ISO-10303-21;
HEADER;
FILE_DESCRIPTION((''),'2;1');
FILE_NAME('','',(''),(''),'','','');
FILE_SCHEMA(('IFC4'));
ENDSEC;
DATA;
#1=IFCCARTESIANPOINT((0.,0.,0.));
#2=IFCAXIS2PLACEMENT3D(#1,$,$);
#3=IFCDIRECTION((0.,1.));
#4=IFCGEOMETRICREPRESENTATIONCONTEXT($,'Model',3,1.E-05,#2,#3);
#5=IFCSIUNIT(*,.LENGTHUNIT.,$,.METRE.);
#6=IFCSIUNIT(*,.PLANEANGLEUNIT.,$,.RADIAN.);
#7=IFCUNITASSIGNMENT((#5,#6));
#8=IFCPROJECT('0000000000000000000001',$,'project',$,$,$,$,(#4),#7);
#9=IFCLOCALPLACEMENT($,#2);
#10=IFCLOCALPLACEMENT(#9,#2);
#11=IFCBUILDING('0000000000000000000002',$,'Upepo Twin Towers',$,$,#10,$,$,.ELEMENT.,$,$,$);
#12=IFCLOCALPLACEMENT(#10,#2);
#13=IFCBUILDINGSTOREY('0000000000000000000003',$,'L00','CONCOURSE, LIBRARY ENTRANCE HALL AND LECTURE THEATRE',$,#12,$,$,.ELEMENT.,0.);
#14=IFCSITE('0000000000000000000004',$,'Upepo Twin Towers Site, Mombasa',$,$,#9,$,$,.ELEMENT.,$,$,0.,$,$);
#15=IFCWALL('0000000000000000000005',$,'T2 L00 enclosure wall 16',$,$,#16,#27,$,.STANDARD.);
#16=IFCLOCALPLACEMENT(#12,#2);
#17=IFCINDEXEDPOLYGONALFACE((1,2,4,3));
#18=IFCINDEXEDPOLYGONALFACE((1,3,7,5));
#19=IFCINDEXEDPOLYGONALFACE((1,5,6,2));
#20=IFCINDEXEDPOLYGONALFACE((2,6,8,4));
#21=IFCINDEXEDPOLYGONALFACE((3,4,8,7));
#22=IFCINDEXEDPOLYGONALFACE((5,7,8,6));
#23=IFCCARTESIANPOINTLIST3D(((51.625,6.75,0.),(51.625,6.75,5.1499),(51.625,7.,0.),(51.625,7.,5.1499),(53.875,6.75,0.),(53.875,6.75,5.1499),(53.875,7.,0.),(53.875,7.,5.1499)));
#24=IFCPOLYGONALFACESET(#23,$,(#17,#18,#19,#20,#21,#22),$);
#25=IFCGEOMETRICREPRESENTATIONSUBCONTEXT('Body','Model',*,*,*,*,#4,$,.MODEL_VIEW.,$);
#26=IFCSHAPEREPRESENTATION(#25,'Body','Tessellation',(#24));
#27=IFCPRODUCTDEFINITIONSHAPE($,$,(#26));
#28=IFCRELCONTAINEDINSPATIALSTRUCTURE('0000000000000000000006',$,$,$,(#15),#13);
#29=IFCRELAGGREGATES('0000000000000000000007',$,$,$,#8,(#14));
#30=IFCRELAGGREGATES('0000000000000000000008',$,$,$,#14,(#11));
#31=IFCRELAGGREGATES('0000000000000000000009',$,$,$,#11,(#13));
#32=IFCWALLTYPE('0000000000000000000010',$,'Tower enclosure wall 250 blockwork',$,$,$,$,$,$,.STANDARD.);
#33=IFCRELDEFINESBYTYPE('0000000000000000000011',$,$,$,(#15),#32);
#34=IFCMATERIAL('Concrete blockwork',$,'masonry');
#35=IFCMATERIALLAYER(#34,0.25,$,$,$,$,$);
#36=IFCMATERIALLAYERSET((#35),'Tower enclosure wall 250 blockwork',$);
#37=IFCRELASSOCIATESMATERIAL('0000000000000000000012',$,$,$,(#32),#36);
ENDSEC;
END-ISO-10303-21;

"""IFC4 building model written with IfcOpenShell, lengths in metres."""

from ifc_helpers import new_model, si_unit, direction, frame, frame_2d, origin, place, context, subcontext, project, spatial, rectangle, extrude, material, layer, layer_set, type_object, element, save


model = new_model("IFC4")

# Units and contexts
model_context = context("Model", 3, precision=1e-05, world=origin(), true_north=direction((0.0, 1.0)))
body_context = subcontext(model_context, "Body", "Model", "MODEL_VIEW")
ifc_project = project(units=[si_unit("LENGTHUNIT", "METRE"), si_unit("PLANEANGLEUNIT", "RADIAN")], contexts=[model_context])

# Site, building, storey
site_placement = place(None, origin())
site = spatial("IfcSite", under=ifc_project, at=site_placement, Name="Upepo Twin Towers Site, Mombasa", CompositionType="ELEMENT", RefElevation=0.0)
building_placement = place(site_placement, origin())
building = spatial("IfcBuilding", under=site, at=building_placement, Name="Upepo Twin Towers", CompositionType="ELEMENT")
storey_placement = place(building_placement, origin())
storey = spatial("IfcBuildingStorey", under=building, at=storey_placement, Name="L00", Description="CONCOURSE, LIBRARY ENTRANCE HALL AND LECTURE THEATRE", CompositionType="ELEMENT", Elevation=0.0)

# Wall
ifc_material_1 = material(Name="Concrete blockwork", Category="masonry")
ifc_layer_1 = layer(ifc_material_1, 0.25)
ifc_layer_set_1 = layer_set([ifc_layer_1], Name="Tower enclosure wall 250 blockwork")
wall_type_1 = type_object("IfcWallType", Name="Tower enclosure wall 250 blockwork", PredefinedType="STANDARD", material=ifc_layer_set_1)
wall_1_placement = place(storey_placement, frame((51.625, 6.875, 0.0), z_axis=(0.0, 0.0, 1.0), x_axis=(1.0, 0.0, 0.0)))
element("IfcWall", 1, at=wall_1_placement, inside=storey, type_object=wall_type_1, Name="T2 L00 enclosure wall 16", PredefinedType="STANDARD", context=body_context, shape_type="SweptSolid", body=[
    extrude(rectangle(XDim=2.25, YDim=0.25, at=frame_2d((1.125, 0.0))), origin(), (0.0, 0.0, 1.0), 5.1499),
])

save(model, "model.ifc")
